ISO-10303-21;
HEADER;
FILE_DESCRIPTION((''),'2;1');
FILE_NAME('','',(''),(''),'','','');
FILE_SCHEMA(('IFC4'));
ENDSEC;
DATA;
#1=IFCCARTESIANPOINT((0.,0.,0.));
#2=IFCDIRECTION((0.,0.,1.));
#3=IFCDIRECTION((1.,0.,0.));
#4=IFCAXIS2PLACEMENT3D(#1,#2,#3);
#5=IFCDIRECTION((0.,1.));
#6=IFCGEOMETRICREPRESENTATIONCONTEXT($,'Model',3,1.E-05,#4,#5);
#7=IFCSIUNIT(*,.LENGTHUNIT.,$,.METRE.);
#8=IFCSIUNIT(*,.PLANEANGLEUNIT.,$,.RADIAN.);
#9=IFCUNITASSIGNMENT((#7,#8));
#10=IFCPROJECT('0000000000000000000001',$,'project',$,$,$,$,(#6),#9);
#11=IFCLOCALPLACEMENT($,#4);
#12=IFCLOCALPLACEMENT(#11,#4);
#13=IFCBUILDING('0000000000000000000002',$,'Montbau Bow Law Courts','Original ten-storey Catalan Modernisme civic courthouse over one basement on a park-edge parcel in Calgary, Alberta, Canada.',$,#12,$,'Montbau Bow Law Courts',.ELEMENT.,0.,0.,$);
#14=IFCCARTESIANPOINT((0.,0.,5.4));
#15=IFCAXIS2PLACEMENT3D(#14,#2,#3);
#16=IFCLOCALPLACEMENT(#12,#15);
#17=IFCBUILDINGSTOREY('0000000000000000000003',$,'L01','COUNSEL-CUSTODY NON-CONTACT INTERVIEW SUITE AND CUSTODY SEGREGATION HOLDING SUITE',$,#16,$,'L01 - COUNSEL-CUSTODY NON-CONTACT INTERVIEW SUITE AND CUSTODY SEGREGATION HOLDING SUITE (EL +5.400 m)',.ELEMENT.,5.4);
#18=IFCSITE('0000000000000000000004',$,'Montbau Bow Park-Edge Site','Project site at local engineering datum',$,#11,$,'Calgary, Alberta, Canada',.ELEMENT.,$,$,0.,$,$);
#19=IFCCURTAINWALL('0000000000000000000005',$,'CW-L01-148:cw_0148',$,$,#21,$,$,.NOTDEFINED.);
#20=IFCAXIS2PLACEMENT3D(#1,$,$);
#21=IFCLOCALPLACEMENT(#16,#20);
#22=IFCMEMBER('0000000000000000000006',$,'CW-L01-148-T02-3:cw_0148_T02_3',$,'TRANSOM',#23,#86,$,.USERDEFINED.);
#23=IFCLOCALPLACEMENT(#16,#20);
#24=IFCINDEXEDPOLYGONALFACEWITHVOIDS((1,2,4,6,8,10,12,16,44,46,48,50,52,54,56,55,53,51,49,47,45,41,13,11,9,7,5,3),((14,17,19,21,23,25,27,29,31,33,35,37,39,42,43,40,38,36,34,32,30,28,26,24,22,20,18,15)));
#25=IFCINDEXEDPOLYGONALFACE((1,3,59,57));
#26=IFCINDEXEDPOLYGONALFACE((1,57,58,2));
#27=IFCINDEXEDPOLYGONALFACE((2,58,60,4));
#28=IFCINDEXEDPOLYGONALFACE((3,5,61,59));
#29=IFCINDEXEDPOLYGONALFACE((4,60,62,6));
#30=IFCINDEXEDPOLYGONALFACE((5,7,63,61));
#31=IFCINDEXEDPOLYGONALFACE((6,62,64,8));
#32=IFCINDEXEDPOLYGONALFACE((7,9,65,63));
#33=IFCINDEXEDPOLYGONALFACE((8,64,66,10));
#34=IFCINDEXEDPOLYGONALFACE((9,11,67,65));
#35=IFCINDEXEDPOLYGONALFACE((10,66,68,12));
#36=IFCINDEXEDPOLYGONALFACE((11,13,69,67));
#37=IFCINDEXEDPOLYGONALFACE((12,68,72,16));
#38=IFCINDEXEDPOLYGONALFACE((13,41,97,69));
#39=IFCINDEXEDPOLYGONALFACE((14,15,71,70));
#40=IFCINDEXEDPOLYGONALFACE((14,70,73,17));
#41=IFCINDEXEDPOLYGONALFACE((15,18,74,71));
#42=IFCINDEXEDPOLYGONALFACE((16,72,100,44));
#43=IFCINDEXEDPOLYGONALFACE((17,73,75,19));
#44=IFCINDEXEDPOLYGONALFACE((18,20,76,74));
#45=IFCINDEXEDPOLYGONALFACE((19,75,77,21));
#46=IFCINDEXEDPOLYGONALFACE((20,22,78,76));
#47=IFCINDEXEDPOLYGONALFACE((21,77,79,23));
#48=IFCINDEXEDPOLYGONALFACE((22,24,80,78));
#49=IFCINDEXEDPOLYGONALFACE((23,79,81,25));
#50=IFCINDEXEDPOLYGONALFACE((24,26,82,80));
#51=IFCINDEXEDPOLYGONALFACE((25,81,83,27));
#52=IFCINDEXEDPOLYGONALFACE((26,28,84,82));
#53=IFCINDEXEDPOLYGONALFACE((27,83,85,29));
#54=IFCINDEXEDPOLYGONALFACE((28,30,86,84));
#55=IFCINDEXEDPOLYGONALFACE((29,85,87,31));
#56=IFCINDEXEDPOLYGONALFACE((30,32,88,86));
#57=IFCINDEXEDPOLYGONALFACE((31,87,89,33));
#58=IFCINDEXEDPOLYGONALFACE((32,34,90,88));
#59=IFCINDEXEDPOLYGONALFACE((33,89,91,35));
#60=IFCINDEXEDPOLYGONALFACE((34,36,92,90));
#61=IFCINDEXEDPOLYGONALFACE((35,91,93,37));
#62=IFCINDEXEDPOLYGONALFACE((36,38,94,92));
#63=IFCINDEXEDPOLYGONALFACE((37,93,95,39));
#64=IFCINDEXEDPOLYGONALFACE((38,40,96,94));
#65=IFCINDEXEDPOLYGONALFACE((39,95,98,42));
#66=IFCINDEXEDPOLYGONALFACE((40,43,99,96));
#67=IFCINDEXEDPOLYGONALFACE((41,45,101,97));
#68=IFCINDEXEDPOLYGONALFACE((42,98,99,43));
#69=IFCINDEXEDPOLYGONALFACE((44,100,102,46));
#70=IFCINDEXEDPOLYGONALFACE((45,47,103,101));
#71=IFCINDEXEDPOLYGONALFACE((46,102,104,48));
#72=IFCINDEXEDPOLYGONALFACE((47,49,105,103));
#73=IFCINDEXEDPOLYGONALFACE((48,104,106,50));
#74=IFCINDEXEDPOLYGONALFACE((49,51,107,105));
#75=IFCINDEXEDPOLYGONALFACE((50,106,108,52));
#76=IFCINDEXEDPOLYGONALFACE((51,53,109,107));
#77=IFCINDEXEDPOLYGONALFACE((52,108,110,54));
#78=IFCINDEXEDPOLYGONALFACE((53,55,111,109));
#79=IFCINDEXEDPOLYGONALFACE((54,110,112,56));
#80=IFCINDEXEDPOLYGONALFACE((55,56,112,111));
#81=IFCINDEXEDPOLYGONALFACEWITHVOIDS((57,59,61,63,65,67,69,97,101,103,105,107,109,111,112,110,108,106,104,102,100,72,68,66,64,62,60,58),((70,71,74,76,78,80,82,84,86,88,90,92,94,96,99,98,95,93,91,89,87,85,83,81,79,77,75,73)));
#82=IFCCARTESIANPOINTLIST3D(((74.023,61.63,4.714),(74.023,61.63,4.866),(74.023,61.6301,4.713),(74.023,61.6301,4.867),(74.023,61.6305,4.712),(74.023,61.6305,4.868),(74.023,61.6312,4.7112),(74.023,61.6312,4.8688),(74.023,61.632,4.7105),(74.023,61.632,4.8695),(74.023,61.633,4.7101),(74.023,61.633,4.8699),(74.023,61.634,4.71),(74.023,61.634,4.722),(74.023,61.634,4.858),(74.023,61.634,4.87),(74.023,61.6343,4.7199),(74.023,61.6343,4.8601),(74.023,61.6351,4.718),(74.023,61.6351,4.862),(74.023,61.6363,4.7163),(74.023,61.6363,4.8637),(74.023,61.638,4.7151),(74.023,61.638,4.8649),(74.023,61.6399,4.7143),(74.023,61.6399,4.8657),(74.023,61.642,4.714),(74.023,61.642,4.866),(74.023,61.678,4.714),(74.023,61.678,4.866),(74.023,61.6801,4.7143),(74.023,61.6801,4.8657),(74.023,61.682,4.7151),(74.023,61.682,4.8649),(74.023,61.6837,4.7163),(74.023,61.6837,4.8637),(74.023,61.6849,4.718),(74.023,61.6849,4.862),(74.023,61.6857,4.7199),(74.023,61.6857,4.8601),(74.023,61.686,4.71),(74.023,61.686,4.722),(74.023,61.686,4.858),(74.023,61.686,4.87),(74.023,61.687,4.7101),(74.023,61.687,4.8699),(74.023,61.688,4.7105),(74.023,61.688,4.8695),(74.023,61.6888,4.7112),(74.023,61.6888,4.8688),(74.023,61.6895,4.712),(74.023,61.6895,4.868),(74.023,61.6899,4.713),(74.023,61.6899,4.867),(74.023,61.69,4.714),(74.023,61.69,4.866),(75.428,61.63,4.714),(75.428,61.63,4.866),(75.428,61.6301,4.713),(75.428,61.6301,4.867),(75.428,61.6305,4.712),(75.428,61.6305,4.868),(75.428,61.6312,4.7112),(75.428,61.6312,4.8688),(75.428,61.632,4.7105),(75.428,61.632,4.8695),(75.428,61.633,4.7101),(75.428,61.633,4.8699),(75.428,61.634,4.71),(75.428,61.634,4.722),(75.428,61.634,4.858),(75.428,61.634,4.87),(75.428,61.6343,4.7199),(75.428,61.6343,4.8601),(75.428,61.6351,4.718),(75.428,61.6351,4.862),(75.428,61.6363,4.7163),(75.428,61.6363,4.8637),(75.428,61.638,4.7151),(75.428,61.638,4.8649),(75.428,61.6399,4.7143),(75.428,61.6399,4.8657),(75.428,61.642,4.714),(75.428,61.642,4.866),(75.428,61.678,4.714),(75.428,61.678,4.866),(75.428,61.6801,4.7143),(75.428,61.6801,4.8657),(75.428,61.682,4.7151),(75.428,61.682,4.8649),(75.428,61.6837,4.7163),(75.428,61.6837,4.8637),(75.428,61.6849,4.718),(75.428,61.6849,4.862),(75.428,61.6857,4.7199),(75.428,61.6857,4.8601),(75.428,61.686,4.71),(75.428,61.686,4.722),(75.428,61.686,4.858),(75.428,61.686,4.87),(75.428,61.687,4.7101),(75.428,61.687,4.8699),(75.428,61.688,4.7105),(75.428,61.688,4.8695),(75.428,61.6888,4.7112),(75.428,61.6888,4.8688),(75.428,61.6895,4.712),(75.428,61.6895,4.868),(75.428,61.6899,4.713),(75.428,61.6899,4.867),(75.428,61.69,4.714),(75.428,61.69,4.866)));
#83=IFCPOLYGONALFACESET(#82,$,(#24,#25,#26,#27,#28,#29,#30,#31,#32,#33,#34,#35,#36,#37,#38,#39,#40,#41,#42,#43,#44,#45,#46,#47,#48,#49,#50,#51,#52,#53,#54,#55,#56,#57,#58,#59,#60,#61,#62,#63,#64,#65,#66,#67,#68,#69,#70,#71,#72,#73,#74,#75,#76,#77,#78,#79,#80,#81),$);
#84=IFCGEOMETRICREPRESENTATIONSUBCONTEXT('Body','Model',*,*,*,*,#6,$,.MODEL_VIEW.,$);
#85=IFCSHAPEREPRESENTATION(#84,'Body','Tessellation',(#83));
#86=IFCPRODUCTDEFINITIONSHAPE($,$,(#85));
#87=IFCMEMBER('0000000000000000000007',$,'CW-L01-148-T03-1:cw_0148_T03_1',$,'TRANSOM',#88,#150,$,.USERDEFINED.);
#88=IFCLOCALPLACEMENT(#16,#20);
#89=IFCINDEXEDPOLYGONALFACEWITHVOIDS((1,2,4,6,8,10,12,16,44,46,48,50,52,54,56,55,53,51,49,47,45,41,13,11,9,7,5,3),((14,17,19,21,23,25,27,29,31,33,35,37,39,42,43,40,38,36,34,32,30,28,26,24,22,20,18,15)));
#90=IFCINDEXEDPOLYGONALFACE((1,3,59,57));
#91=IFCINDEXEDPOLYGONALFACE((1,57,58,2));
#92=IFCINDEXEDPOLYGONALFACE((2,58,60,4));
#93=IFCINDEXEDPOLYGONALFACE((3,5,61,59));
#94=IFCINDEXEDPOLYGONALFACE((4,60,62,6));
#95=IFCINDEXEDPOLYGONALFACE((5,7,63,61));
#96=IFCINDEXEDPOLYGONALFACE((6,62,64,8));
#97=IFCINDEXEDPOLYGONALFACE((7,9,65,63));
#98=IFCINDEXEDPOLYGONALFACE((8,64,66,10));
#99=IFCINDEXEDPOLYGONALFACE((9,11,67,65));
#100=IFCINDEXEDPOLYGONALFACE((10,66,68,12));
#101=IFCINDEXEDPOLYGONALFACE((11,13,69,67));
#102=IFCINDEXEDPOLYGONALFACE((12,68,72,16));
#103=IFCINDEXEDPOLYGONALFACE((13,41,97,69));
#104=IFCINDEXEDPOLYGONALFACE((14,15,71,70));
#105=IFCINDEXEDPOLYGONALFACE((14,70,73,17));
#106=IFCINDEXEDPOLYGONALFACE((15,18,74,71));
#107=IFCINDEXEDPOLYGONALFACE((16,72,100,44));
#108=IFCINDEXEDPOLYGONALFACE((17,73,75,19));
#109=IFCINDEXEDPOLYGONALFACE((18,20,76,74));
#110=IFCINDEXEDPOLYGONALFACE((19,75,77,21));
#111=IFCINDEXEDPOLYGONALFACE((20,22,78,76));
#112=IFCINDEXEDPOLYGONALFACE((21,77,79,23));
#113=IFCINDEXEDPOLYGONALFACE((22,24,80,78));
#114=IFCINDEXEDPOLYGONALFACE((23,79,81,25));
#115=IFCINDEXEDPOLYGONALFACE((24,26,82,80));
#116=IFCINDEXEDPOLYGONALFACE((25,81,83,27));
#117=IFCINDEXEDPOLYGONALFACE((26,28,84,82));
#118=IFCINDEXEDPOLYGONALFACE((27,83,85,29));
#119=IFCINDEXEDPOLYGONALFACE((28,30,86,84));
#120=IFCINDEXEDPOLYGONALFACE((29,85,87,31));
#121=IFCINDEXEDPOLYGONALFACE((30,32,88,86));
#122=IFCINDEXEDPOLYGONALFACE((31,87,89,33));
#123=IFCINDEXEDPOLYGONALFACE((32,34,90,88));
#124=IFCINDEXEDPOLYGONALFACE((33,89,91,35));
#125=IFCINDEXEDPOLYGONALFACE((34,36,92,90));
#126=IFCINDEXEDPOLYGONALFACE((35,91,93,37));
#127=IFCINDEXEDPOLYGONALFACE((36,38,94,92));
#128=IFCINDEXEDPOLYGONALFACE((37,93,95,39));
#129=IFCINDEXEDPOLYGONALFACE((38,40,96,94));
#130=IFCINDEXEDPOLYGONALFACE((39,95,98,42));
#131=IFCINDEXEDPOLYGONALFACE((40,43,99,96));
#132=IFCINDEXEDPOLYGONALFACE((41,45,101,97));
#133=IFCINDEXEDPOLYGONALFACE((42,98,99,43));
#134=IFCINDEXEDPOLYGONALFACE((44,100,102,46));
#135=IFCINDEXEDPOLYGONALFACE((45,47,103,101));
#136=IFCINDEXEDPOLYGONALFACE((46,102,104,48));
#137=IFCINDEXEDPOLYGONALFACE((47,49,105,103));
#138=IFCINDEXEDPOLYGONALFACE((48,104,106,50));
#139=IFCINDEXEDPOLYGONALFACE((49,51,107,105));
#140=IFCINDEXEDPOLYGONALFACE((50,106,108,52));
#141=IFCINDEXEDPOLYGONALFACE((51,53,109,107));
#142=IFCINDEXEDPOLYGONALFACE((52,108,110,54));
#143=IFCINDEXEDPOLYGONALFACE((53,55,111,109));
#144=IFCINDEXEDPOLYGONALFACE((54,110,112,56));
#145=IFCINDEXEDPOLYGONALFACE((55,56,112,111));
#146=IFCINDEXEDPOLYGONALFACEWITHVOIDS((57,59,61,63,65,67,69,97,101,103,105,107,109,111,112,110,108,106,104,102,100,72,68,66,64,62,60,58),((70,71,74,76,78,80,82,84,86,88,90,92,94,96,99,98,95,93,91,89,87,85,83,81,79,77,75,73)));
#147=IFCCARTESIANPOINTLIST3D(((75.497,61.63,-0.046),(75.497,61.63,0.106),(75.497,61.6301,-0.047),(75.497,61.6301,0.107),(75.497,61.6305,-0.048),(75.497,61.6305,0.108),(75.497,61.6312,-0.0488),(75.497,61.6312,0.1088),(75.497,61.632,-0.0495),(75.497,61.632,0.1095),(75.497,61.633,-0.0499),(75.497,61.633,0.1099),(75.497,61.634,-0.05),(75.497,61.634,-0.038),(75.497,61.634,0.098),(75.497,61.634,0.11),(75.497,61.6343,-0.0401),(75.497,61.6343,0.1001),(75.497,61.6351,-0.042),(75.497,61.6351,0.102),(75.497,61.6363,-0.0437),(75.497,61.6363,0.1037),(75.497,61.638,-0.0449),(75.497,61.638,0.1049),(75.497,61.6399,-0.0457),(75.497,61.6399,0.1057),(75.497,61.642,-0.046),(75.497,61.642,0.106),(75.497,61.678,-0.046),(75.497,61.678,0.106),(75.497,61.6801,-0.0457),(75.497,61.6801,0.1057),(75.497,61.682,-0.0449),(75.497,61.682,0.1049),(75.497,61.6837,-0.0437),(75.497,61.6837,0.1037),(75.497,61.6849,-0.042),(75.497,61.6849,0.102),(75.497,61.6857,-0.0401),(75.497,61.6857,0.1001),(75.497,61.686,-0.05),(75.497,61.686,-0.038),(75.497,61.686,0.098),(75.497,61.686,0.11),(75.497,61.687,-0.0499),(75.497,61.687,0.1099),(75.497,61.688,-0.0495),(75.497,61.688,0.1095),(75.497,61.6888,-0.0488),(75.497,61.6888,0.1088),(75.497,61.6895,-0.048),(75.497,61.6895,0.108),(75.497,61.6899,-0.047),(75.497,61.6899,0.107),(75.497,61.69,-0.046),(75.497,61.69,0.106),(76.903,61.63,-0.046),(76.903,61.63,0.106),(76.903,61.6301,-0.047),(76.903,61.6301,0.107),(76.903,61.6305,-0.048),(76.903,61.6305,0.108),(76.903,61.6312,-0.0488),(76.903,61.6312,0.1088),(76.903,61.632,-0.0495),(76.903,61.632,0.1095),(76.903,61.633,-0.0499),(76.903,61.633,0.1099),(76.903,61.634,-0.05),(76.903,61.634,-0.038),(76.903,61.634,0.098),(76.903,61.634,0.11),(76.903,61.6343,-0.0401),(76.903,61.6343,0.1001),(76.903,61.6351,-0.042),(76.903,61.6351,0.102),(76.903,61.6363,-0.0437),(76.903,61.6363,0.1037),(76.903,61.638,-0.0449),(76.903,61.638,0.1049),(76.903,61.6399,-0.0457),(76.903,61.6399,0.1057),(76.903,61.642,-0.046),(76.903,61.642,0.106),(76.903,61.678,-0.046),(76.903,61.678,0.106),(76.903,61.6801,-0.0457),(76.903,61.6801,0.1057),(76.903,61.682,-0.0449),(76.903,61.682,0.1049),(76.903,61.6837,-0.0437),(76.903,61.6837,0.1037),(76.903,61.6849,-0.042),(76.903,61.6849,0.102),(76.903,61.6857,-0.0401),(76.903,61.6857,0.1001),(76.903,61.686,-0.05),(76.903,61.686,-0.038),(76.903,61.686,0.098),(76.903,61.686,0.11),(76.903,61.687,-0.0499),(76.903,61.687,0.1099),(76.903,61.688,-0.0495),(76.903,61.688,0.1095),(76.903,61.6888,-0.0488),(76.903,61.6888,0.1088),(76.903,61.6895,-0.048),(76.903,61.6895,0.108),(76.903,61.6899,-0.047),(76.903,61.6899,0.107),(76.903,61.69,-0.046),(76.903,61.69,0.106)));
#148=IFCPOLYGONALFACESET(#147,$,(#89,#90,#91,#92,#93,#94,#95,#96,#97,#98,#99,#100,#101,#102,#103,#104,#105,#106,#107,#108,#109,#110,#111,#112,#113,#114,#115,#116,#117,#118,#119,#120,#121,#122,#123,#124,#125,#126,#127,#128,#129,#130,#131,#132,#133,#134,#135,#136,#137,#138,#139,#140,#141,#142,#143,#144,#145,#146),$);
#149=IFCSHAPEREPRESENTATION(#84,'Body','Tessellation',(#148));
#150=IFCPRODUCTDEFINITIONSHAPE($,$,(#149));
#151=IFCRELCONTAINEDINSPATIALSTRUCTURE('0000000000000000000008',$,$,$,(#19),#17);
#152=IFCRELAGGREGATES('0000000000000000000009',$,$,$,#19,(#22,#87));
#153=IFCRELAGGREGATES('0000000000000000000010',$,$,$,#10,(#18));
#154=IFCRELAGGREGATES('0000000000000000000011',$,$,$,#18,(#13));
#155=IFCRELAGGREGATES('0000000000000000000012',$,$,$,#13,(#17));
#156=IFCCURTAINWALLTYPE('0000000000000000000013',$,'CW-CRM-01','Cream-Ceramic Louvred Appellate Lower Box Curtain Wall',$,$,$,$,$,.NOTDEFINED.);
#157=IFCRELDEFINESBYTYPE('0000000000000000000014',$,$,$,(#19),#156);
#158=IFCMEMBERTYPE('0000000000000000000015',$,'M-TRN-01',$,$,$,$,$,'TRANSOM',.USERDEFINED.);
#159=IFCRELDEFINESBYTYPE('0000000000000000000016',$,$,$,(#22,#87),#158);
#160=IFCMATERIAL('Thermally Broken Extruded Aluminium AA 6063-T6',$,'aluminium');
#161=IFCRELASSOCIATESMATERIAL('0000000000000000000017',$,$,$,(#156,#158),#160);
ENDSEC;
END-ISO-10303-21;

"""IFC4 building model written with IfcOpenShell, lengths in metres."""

from ifc_helpers import new_model, si_unit, direction, frame, origin_with_axes, origin_2d_with_axis, place, context, subcontext, project, spatial, hollow_rectangle, extrude, material, material_profile, profile_set, type_object, element, aggregate, save


model = new_model("IFC4")

# Units and contexts
model_context = context("Model", 3, precision=1e-05, world=origin_with_axes(), true_north=direction((0.0, 1.0)))
body_context = subcontext(model_context, "Body", "Model", "MODEL_VIEW")
ifc_project = project(units=[si_unit("LENGTHUNIT", "METRE"), si_unit("PLANEANGLEUNIT", "RADIAN")], contexts=[model_context])

# Site, building, storey
site_placement = place(None, origin_with_axes())
site = spatial("IfcSite", under=ifc_project, at=site_placement, Name="Montbau Bow Park-Edge Site", Description="Project site at local engineering datum", LongName="Calgary, Alberta, Canada", CompositionType="ELEMENT", RefElevation=0.0)
building_placement = place(site_placement, origin_with_axes())
building = spatial("IfcBuilding", under=site, at=building_placement, Name="Montbau Bow Law Courts", Description="Original ten-storey Catalan Modernisme civic courthouse over one basement on a park-edge parcel in Calgary, Alberta, Canada.", LongName="Montbau Bow Law Courts", CompositionType="ELEMENT", ElevationOfRefHeight=0.0, ElevationOfTerrain=0.0)
storey_placement = place(building_placement, frame((0.0, 0.0, 5.4), z_axis=(0.0, 0.0, 1.0), x_axis=(1.0, 0.0, 0.0)))
storey = spatial("IfcBuildingStorey", under=building, at=storey_placement, Name="L01", Description="COUNSEL-CUSTODY NON-CONTACT INTERVIEW SUITE AND CUSTODY SEGREGATION HOLDING SUITE", LongName="L01 - COUNSEL-CUSTODY NON-CONTACT INTERVIEW SUITE AND CUSTODY SEGREGATION HOLDING SUITE (EL +5.400 m)", CompositionType="ELEMENT", Elevation=5.4)

# Curtain wall, members
ifc_material_1 = material(Name="Thermally Broken Extruded Aluminium AA 6063-T6", Category="aluminium")
curtain_wall_type = type_object("IfcCurtainWallType", Name="CW-CRM-01", Description="Cream-Ceramic Louvred Appellate Lower Box Curtain Wall", PredefinedType="NOTDEFINED", material=ifc_material_1)
curtain_wall_placement = place(None, frame((72.515, 61.66, 5.4), z_axis=(0.0, 0.0, 1.0), x_axis=(1.0, 0.0, 0.0)))
curtain_wall = element("IfcCurtainWall", 1, at=curtain_wall_placement, inside=storey, type_object=curtain_wall_type, Name="CW-L01-148:cw_0148", PredefinedType="NOTDEFINED")
ifc_material_profile_1 = material_profile(ifc_material_1, hollow_rectangle(XDim=0.06, YDim=0.16, WallThickness=0.004, InnerFilletRadius=0.008, OuterFilletRadius=0.004, at=origin_2d_with_axis()), Name="CWT-160X60", Category="Main", Priority=0)
ifc_profile_set_1 = profile_set([ifc_material_profile_1], Name="Thermally Broken Extruded Aluminium AA 6063-T6")
member_type_1 = type_object("IfcMemberType", Name="M-TRN-01", ElementType="TRANSOM", PredefinedType="USERDEFINED", material=ifc_profile_set_1)
member_1_placement = place(None, frame((74.023, 61.66, 10.19), z_axis=(1.0, 0.0, 0.0), x_axis=(0.0, 1.0, 0.0)))
member_1 = element("IfcMember", 2, at=member_1_placement, type_object=member_type_1, Name="CW-L01-148-T02-3:cw_0148_T02_3", ObjectType="TRANSOM", PredefinedType="USERDEFINED", context=body_context, shape_type="SweptSolid", body=[
    extrude(hollow_rectangle(XDim=0.06, YDim=0.16, WallThickness=0.004, InnerFilletRadius=0.008, OuterFilletRadius=0.004, at=origin_2d_with_axis()), origin_with_axes(), (0.0, 0.0, 1.0), 1.405),
])
member_2_placement = place(None, frame((75.497, 61.66, 5.43), z_axis=(1.0, 0.0, 0.0), x_axis=(0.0, 1.0, 0.0)))
member_2 = element("IfcMember", 3, at=member_2_placement, type_object=member_type_1, Name="CW-L01-148-T03-1:cw_0148_T03_1", ObjectType="TRANSOM", PredefinedType="USERDEFINED", context=body_context, shape_type="SweptSolid", body=[
    extrude(hollow_rectangle(XDim=0.06, YDim=0.16, WallThickness=0.004, InnerFilletRadius=0.008, OuterFilletRadius=0.004, at=origin_2d_with_axis()), origin_with_axes(), (0.0, 0.0, 1.0), 1.406),
])
aggregate(curtain_wall, [member_1, member_2])

save(model, "model.ifc")
